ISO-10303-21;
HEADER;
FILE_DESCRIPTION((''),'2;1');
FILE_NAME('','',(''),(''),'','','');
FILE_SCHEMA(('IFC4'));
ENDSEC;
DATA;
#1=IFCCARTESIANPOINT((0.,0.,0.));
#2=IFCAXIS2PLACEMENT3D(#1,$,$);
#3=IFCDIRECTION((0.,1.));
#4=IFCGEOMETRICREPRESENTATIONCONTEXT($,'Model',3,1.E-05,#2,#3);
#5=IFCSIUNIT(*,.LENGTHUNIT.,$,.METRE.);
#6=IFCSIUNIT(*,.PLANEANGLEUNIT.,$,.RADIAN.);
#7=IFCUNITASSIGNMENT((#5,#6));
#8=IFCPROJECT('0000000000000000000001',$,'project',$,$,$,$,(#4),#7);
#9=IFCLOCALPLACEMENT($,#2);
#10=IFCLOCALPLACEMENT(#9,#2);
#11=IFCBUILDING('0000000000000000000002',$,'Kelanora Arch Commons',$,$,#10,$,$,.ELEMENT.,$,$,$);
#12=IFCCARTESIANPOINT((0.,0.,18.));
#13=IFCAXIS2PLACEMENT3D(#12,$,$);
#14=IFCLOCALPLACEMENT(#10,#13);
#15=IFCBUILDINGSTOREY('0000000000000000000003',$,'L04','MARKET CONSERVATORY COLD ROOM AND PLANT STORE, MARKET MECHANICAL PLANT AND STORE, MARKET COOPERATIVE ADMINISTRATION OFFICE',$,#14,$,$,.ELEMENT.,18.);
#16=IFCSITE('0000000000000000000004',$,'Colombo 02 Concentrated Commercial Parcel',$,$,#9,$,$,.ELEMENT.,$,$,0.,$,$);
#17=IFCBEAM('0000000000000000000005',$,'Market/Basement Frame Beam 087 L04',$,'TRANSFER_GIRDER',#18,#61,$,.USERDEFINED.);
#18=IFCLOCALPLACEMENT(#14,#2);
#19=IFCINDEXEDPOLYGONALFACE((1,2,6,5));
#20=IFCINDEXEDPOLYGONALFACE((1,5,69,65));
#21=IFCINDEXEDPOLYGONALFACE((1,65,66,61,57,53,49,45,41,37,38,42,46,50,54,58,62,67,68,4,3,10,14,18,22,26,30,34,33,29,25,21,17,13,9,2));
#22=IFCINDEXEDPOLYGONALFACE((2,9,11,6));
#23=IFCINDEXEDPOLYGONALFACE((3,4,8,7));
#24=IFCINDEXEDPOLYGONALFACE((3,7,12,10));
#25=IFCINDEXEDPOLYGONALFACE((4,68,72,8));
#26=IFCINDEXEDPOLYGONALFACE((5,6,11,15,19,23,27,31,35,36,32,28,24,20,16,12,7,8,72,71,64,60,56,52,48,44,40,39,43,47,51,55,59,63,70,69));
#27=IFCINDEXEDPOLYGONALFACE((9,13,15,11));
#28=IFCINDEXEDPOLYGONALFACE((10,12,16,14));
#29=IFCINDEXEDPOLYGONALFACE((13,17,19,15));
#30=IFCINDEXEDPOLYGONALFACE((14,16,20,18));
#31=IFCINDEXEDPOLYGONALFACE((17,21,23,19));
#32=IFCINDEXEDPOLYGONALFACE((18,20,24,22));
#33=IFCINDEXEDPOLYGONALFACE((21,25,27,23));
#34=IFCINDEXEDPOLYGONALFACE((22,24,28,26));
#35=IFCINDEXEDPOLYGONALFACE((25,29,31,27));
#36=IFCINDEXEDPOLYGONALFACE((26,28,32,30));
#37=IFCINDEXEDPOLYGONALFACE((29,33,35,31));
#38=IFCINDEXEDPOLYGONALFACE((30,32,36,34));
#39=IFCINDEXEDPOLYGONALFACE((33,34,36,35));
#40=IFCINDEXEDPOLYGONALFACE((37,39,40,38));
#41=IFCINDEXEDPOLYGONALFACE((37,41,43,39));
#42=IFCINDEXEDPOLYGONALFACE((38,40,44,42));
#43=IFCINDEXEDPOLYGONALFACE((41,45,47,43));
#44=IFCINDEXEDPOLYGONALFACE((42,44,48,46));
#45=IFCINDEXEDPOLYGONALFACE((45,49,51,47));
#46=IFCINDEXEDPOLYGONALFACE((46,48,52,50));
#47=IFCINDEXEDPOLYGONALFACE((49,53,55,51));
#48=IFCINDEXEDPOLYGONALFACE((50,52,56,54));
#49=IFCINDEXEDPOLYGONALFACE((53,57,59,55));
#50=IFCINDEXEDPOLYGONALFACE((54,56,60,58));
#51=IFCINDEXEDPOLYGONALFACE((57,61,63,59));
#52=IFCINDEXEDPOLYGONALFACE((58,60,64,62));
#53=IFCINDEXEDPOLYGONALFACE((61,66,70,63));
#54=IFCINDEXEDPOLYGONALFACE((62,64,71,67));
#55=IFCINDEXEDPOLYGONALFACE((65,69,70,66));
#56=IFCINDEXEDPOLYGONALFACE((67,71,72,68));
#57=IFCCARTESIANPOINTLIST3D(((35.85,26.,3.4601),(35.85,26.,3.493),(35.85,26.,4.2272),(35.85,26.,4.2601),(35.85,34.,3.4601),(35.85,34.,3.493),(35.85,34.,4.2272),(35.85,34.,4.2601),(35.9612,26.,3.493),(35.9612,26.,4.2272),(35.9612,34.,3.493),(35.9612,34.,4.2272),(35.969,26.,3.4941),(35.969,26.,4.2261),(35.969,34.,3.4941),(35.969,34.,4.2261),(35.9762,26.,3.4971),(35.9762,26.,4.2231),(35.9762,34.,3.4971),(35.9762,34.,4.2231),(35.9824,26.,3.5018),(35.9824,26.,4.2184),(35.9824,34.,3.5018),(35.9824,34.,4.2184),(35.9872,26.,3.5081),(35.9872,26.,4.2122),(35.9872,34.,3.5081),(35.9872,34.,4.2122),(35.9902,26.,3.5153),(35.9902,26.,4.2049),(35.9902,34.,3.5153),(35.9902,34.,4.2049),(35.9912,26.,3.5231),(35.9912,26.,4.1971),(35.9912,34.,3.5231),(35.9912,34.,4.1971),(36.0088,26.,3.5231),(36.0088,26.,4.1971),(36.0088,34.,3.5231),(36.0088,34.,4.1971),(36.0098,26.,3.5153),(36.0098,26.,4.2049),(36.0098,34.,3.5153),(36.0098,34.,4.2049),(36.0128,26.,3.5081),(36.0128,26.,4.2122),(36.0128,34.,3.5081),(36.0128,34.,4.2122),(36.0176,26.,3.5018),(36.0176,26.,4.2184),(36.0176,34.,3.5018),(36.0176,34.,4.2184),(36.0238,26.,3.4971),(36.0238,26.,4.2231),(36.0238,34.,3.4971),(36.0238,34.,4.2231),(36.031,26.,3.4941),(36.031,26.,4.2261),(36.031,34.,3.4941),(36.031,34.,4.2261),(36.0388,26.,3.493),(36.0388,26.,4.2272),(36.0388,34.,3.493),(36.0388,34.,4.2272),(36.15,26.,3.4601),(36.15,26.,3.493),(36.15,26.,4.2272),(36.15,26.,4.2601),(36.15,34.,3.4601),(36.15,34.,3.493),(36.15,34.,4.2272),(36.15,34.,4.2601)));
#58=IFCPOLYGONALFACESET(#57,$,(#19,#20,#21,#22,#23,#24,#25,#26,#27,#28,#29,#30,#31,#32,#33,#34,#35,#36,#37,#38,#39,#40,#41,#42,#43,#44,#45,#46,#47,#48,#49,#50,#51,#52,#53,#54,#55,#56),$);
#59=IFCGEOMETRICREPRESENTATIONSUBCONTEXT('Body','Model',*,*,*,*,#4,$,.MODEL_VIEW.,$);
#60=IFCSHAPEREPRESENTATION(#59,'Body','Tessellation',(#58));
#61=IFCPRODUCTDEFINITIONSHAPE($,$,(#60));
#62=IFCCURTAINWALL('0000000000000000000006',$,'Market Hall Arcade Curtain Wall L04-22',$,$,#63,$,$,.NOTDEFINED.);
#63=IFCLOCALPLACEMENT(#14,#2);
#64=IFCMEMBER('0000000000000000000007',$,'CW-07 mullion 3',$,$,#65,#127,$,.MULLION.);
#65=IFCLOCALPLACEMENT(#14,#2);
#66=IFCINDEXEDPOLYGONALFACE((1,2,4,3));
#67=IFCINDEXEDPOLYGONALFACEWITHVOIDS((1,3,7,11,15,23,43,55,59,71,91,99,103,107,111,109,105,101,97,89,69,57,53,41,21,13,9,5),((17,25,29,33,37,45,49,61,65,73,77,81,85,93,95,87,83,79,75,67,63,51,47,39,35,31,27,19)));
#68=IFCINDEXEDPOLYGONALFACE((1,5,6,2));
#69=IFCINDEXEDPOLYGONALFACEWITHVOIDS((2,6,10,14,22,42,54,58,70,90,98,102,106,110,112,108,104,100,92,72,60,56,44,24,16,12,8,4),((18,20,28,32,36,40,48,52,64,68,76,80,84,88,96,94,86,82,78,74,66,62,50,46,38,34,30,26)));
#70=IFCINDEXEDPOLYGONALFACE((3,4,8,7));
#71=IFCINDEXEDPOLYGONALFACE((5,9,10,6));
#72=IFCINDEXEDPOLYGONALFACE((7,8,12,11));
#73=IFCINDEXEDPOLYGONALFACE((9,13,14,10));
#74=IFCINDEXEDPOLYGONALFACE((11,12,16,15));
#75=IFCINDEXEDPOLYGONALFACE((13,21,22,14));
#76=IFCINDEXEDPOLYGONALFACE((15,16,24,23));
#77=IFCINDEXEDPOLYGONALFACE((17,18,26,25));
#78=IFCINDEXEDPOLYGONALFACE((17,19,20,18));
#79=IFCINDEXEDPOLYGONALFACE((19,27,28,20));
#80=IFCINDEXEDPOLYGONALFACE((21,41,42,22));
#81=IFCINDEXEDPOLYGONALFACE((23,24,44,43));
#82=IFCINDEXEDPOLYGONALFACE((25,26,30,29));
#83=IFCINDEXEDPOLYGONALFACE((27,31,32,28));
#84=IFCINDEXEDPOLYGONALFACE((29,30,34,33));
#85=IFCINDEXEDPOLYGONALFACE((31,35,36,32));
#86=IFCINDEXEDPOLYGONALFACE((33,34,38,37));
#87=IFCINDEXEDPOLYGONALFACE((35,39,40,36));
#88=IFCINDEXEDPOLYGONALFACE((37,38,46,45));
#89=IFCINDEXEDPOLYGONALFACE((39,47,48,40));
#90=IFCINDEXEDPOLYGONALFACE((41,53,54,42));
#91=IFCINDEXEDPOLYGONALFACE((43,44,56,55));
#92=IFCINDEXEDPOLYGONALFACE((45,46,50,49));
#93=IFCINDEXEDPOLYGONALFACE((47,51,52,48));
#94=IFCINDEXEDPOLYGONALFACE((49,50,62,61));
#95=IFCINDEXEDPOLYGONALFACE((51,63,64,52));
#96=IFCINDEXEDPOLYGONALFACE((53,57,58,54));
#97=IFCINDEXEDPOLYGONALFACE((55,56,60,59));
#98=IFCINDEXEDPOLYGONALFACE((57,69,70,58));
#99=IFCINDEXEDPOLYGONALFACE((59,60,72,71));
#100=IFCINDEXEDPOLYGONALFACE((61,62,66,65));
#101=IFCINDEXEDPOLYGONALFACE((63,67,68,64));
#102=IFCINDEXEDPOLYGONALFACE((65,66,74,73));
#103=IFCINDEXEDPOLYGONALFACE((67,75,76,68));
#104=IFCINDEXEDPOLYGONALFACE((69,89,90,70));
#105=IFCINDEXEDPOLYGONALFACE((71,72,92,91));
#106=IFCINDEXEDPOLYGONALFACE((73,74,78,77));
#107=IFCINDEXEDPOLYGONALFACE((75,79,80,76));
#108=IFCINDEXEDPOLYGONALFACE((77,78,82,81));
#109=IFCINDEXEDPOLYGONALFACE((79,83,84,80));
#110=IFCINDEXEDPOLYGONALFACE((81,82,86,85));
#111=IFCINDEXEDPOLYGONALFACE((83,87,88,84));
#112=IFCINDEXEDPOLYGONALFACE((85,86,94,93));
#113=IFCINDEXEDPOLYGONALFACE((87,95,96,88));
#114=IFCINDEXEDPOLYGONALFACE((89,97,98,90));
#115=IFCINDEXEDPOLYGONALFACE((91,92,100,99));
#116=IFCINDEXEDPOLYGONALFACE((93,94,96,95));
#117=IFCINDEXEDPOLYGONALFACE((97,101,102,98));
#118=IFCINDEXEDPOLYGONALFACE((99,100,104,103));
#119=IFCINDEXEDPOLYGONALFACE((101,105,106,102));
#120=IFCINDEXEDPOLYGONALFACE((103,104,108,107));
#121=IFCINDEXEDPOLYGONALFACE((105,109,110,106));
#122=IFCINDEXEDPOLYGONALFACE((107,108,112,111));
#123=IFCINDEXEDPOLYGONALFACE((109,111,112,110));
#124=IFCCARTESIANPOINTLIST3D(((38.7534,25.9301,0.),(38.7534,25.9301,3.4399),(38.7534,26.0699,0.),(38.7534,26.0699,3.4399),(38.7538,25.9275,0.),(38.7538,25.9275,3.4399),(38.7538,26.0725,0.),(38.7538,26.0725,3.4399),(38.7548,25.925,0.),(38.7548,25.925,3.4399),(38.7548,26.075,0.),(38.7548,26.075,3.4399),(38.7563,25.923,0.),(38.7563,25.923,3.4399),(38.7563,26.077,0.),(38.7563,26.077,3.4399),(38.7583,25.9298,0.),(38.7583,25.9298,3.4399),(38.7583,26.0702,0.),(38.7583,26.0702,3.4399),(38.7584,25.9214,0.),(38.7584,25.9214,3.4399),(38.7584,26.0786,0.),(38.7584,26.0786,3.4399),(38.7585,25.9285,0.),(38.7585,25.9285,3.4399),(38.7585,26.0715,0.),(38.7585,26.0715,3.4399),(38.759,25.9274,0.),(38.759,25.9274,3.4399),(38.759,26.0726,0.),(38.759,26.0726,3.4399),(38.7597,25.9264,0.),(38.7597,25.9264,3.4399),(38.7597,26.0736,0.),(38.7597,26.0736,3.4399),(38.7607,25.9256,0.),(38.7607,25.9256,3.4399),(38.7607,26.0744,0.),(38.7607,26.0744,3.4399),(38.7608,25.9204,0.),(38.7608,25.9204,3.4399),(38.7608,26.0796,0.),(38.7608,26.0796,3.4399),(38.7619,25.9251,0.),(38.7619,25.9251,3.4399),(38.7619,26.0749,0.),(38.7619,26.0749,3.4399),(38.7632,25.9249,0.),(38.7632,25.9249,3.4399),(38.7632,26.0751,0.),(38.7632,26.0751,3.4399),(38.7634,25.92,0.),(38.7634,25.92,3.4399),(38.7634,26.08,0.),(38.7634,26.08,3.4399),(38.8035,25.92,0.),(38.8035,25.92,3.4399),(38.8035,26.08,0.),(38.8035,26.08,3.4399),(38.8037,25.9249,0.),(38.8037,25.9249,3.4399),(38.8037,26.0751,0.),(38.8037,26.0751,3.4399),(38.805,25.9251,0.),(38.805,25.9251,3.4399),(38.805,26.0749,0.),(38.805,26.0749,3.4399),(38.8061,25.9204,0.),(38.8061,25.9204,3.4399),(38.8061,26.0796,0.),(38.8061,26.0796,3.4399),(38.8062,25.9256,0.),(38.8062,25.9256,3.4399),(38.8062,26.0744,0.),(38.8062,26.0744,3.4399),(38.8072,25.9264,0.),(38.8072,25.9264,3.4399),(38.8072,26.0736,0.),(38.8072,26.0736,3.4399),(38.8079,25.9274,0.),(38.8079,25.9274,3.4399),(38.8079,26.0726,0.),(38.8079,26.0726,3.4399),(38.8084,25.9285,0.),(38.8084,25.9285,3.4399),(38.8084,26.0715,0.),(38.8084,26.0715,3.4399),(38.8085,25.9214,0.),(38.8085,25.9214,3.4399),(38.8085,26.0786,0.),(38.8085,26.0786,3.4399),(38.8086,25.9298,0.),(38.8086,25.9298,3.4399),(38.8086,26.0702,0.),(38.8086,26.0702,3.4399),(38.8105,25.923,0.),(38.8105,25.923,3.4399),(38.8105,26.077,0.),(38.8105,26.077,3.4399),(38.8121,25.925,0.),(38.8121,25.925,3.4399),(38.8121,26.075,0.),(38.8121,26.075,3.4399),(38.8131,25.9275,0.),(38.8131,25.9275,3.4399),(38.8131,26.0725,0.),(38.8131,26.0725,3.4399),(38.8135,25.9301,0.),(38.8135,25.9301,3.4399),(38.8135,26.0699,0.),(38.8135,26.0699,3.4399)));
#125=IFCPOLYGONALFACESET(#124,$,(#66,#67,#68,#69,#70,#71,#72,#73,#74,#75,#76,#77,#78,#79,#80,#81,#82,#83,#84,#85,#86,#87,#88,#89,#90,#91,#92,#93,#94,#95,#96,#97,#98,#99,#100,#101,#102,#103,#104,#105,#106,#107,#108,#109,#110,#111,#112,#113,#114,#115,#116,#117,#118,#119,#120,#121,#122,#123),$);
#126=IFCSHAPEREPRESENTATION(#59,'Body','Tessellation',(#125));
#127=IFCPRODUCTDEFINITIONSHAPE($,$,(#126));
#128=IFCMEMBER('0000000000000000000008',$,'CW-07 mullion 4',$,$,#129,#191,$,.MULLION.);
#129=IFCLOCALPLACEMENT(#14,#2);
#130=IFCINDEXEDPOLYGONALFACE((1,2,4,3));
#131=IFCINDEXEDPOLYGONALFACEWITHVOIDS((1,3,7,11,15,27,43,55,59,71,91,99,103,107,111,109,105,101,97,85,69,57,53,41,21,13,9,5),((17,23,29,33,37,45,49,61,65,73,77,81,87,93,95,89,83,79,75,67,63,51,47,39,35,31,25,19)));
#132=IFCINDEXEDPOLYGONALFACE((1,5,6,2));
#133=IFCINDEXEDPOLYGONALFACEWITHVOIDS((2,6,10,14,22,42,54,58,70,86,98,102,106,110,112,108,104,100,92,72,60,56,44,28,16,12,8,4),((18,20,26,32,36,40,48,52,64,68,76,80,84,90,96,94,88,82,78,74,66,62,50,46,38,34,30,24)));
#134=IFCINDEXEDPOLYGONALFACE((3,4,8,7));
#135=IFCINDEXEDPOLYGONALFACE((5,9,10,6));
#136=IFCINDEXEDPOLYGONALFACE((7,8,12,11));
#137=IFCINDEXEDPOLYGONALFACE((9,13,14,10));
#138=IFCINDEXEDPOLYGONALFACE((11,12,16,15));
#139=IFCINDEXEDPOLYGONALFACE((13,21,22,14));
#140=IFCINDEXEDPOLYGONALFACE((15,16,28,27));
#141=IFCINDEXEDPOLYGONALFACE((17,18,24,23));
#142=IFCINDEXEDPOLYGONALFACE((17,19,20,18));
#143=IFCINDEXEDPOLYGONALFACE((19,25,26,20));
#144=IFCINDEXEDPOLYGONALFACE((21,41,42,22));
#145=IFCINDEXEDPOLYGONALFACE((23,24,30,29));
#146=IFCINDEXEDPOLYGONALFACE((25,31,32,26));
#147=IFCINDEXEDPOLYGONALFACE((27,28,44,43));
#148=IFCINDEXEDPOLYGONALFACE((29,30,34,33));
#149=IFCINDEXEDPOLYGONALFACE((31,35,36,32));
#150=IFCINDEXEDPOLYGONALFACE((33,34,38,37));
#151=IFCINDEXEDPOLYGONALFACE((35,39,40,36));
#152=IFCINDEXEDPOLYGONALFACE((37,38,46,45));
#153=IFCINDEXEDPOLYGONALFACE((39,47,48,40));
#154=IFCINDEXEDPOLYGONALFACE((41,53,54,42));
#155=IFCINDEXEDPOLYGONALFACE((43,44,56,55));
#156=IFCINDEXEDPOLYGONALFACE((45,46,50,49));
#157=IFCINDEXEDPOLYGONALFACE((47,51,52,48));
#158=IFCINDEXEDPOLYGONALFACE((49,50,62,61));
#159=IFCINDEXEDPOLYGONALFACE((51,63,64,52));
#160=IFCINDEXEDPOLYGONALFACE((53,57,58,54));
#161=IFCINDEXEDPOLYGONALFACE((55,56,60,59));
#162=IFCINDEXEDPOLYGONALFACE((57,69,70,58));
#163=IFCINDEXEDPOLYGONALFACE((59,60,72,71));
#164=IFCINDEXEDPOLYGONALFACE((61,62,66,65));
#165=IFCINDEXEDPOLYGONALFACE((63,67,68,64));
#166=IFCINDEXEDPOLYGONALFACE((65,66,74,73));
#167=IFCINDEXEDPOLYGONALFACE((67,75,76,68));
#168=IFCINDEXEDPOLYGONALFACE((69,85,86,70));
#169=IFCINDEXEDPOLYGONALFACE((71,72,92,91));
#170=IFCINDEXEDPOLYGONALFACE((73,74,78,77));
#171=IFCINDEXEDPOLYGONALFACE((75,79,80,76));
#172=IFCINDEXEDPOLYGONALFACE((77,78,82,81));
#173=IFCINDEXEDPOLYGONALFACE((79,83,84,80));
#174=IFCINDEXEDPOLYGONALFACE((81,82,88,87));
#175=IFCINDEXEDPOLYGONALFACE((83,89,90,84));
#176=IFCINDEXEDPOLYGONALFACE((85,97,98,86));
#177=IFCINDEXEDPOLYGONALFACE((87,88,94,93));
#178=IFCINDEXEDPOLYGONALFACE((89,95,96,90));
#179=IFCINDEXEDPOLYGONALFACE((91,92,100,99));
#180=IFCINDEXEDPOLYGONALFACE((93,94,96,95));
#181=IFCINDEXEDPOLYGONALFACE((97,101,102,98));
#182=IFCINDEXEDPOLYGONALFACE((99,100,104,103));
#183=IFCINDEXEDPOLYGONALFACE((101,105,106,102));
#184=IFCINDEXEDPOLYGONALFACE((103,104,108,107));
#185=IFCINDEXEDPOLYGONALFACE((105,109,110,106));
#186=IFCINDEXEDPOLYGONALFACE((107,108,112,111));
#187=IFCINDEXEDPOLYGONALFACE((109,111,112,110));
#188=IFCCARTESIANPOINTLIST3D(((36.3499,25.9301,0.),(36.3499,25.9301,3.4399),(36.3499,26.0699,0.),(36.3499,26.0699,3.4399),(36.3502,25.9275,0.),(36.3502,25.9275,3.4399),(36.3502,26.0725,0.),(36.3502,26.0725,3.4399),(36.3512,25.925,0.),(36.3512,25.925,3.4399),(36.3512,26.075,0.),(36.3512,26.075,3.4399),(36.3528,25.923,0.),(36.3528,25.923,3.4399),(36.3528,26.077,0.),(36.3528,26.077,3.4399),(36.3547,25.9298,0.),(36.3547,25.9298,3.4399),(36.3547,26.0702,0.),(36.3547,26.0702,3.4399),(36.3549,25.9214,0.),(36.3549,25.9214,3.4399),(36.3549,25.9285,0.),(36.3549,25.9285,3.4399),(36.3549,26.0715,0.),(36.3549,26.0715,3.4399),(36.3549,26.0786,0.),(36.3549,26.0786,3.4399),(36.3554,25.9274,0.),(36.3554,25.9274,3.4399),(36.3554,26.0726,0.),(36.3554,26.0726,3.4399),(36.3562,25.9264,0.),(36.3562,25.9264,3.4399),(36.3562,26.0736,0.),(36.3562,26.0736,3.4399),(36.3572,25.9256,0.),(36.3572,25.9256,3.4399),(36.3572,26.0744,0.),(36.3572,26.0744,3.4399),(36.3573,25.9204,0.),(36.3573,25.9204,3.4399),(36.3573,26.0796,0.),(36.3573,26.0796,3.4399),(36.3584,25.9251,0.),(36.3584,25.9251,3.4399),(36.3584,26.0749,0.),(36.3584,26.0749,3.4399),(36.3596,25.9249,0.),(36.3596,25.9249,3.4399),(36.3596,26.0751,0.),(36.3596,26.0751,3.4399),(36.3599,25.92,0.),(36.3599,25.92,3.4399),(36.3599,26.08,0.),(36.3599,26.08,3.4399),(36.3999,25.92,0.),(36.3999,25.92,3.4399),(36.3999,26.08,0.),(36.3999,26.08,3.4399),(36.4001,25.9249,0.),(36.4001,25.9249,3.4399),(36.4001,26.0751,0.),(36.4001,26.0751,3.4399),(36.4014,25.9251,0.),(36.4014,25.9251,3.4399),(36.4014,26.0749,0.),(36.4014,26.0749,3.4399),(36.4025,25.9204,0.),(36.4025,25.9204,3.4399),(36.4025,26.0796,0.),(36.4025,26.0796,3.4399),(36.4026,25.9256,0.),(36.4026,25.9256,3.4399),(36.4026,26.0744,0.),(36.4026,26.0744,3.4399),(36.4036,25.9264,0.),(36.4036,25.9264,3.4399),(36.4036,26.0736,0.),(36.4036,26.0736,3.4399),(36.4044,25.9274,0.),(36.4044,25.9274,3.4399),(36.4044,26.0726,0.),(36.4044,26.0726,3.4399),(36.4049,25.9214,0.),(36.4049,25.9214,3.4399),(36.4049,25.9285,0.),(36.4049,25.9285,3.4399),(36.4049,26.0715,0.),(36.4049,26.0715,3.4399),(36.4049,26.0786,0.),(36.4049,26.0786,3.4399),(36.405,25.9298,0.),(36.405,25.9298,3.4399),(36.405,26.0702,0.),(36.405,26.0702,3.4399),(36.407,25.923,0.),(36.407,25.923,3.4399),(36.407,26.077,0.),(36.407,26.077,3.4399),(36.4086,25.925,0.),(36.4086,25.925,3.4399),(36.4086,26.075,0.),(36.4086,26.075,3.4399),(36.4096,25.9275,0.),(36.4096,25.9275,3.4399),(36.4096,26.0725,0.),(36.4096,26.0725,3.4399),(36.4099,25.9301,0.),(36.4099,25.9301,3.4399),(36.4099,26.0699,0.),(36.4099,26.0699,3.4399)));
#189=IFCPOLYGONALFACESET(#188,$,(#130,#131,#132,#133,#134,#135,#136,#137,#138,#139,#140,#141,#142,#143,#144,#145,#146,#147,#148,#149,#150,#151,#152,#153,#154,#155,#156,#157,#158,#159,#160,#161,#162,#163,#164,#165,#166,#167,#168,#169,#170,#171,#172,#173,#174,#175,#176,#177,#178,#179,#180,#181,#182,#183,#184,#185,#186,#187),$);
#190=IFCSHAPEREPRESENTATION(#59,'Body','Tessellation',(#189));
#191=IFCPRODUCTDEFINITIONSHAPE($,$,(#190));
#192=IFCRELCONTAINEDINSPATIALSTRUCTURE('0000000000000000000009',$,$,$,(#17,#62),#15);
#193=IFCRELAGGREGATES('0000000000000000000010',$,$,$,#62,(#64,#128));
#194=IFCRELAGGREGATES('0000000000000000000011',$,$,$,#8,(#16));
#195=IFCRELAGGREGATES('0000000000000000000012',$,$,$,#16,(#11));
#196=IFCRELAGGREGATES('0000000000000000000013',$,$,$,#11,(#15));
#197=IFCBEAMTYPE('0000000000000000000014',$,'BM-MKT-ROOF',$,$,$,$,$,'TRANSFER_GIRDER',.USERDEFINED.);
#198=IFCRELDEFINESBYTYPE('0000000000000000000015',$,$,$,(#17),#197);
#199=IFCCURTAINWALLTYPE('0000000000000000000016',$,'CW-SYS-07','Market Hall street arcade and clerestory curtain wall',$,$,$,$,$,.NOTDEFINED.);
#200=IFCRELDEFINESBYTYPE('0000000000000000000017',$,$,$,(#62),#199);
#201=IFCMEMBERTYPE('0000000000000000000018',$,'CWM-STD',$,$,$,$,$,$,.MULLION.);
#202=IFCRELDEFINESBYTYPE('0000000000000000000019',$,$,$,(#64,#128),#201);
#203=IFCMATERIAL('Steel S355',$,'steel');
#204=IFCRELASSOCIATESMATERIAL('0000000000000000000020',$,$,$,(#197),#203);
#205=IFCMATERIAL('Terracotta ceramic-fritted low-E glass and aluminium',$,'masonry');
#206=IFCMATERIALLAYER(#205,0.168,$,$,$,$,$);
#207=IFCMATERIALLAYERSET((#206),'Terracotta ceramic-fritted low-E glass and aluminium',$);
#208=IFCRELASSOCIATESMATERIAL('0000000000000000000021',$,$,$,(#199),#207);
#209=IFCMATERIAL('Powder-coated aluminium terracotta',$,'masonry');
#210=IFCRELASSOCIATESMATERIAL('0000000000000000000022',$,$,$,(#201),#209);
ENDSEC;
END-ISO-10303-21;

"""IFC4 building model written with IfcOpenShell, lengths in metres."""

from ifc_helpers import new_model, si_unit, direction, frame, origin, origin_2d, place, context, subcontext, project, spatial, hollow_rectangle, i_section, extrude, material, layer, layer_set, material_profile, profile_set, type_object, element, aggregate, save


model = new_model("IFC4")

# Units and contexts
model_context = context("Model", 3, precision=1e-05, world=origin(), true_north=direction((0.0, 1.0)))
body_context = subcontext(model_context, "Body", "Model", "MODEL_VIEW")
ifc_project = project(units=[si_unit("LENGTHUNIT", "METRE"), si_unit("PLANEANGLEUNIT", "RADIAN")], contexts=[model_context])

# Site, building, storey
site_placement = place(None, origin())
site = spatial("IfcSite", under=ifc_project, at=site_placement, Name="Colombo 02 Concentrated Commercial Parcel", CompositionType="ELEMENT", RefElevation=0.0)
building_placement = place(site_placement, origin())
building = spatial("IfcBuilding", under=site, at=building_placement, Name="Kelanora Arch Commons", CompositionType="ELEMENT")
storey_placement = place(building_placement, frame((0.0, 0.0, 18.0)))
storey = spatial("IfcBuildingStorey", under=building, at=storey_placement, Name="L04", Description="MARKET CONSERVATORY COLD ROOM AND PLANT STORE, MARKET MECHANICAL PLANT AND STORE, MARKET COOPERATIVE ADMINISTRATION OFFICE", CompositionType="ELEMENT", Elevation=18.0)

# Beam
ifc_material_1 = material(Name="Steel S355", Category="steel")
ifc_material_profile_1 = material_profile(ifc_material_1, i_section(OverallWidth=0.3, OverallDepth=0.8, WebThickness=0.0176, FlangeThickness=0.033, FilletRadius=0.03, at=origin_2d()), Name="HEB800")
ifc_profile_set_1 = profile_set([ifc_material_profile_1], Name="Steel S355")
beam_type = type_object("IfcBeamType", Name="BM-MKT-ROOF", ElementType="TRANSFER_GIRDER", PredefinedType="USERDEFINED", material=ifc_profile_set_1)
for number, where, z_axis, x_axis, name in (
    (1, (36.0, 26.0, 3.8601), (0.0, 1.0, 0.0), (-1.0, 0.0, 0.0), "Market/Basement Frame Beam 087 L04"),
):
    element("IfcBeam", number, at=place(storey_placement, frame(where, z_axis=z_axis, x_axis=x_axis)), inside=storey, type_object=beam_type, Name=name, ObjectType="TRANSFER_GIRDER", PredefinedType="USERDEFINED", context=body_context, shape_type="SweptSolid", body=[
        extrude(i_section(OverallWidth=0.3, OverallDepth=0.8, WebThickness=0.0176, FlangeThickness=0.033, FilletRadius=0.03, at=origin_2d()), origin(), (0.0, 0.0, 1.0), 8.0),
    ])

# Curtain wall, members
ifc_material_2 = material(Name="Terracotta ceramic-fritted low-E glass and aluminium", Category="masonry")
ifc_layer_1 = layer(ifc_material_2, 0.168)
ifc_layer_set_1 = layer_set([ifc_layer_1], Name="Terracotta ceramic-fritted low-E glass and aluminium")
curtain_wall_type = type_object("IfcCurtainWallType", Name="CW-SYS-07", Description="Market Hall street arcade and clerestory curtain wall", PredefinedType="NOTDEFINED", material=ifc_layer_set_1)
curtain_wall_placement = place(storey_placement, origin())
curtain_wall = element("IfcCurtainWall", 2, at=curtain_wall_placement, inside=storey, type_object=curtain_wall_type, Name="Market Hall Arcade Curtain Wall L04-22", PredefinedType="NOTDEFINED")
ifc_material_3 = material(Name="Powder-coated aluminium terracotta", Category="masonry")
ifc_material_profile_2 = material_profile(ifc_material_3, hollow_rectangle(XDim=0.1599, YDim=0.0601, WallThickness=0.0049, InnerFilletRadius=0.0049, OuterFilletRadius=0.01, at=origin_2d()), Name="CWM160x60")
ifc_profile_set_2 = profile_set([ifc_material_profile_2], Name="Powder-coated aluminium terracotta")
member_type_1 = type_object("IfcMemberType", Name="CWM-STD", PredefinedType="MULLION", material=ifc_profile_set_2)
member_1_placement = place(storey_placement, frame((38.7834, 26.0, 0.0), z_axis=(0.0, 0.0, 1.0), x_axis=(0.0, -1.0, 0.0)))
member_1 = element("IfcMember", 3, at=member_1_placement, type_object=member_type_1, Name="CW-07 mullion 3", PredefinedType="MULLION", context=body_context, shape_type="SweptSolid", body=[
    extrude(hollow_rectangle(XDim=0.1599, YDim=0.0601, WallThickness=0.0049, InnerFilletRadius=0.0049, OuterFilletRadius=0.01, at=origin_2d()), origin(), (0.0, 0.0, 1.0), 3.4399),
])
member_2_placement = place(storey_placement, frame((36.3799, 26.0, 0.0), z_axis=(0.0, 0.0, 1.0), x_axis=(0.0, -1.0, 0.0)))
member_2 = element("IfcMember", 4, at=member_2_placement, type_object=member_type_1, Name="CW-07 mullion 4", PredefinedType="MULLION", context=body_context, shape_type="SweptSolid", body=[
    extrude(hollow_rectangle(XDim=0.1599, YDim=0.0601, WallThickness=0.0049, InnerFilletRadius=0.0049, OuterFilletRadius=0.01, at=origin_2d()), origin(), (0.0, 0.0, 1.0), 3.4399),
])

aggregate(curtain_wall, [member_1, member_2])

save(model, "model.ifc")
